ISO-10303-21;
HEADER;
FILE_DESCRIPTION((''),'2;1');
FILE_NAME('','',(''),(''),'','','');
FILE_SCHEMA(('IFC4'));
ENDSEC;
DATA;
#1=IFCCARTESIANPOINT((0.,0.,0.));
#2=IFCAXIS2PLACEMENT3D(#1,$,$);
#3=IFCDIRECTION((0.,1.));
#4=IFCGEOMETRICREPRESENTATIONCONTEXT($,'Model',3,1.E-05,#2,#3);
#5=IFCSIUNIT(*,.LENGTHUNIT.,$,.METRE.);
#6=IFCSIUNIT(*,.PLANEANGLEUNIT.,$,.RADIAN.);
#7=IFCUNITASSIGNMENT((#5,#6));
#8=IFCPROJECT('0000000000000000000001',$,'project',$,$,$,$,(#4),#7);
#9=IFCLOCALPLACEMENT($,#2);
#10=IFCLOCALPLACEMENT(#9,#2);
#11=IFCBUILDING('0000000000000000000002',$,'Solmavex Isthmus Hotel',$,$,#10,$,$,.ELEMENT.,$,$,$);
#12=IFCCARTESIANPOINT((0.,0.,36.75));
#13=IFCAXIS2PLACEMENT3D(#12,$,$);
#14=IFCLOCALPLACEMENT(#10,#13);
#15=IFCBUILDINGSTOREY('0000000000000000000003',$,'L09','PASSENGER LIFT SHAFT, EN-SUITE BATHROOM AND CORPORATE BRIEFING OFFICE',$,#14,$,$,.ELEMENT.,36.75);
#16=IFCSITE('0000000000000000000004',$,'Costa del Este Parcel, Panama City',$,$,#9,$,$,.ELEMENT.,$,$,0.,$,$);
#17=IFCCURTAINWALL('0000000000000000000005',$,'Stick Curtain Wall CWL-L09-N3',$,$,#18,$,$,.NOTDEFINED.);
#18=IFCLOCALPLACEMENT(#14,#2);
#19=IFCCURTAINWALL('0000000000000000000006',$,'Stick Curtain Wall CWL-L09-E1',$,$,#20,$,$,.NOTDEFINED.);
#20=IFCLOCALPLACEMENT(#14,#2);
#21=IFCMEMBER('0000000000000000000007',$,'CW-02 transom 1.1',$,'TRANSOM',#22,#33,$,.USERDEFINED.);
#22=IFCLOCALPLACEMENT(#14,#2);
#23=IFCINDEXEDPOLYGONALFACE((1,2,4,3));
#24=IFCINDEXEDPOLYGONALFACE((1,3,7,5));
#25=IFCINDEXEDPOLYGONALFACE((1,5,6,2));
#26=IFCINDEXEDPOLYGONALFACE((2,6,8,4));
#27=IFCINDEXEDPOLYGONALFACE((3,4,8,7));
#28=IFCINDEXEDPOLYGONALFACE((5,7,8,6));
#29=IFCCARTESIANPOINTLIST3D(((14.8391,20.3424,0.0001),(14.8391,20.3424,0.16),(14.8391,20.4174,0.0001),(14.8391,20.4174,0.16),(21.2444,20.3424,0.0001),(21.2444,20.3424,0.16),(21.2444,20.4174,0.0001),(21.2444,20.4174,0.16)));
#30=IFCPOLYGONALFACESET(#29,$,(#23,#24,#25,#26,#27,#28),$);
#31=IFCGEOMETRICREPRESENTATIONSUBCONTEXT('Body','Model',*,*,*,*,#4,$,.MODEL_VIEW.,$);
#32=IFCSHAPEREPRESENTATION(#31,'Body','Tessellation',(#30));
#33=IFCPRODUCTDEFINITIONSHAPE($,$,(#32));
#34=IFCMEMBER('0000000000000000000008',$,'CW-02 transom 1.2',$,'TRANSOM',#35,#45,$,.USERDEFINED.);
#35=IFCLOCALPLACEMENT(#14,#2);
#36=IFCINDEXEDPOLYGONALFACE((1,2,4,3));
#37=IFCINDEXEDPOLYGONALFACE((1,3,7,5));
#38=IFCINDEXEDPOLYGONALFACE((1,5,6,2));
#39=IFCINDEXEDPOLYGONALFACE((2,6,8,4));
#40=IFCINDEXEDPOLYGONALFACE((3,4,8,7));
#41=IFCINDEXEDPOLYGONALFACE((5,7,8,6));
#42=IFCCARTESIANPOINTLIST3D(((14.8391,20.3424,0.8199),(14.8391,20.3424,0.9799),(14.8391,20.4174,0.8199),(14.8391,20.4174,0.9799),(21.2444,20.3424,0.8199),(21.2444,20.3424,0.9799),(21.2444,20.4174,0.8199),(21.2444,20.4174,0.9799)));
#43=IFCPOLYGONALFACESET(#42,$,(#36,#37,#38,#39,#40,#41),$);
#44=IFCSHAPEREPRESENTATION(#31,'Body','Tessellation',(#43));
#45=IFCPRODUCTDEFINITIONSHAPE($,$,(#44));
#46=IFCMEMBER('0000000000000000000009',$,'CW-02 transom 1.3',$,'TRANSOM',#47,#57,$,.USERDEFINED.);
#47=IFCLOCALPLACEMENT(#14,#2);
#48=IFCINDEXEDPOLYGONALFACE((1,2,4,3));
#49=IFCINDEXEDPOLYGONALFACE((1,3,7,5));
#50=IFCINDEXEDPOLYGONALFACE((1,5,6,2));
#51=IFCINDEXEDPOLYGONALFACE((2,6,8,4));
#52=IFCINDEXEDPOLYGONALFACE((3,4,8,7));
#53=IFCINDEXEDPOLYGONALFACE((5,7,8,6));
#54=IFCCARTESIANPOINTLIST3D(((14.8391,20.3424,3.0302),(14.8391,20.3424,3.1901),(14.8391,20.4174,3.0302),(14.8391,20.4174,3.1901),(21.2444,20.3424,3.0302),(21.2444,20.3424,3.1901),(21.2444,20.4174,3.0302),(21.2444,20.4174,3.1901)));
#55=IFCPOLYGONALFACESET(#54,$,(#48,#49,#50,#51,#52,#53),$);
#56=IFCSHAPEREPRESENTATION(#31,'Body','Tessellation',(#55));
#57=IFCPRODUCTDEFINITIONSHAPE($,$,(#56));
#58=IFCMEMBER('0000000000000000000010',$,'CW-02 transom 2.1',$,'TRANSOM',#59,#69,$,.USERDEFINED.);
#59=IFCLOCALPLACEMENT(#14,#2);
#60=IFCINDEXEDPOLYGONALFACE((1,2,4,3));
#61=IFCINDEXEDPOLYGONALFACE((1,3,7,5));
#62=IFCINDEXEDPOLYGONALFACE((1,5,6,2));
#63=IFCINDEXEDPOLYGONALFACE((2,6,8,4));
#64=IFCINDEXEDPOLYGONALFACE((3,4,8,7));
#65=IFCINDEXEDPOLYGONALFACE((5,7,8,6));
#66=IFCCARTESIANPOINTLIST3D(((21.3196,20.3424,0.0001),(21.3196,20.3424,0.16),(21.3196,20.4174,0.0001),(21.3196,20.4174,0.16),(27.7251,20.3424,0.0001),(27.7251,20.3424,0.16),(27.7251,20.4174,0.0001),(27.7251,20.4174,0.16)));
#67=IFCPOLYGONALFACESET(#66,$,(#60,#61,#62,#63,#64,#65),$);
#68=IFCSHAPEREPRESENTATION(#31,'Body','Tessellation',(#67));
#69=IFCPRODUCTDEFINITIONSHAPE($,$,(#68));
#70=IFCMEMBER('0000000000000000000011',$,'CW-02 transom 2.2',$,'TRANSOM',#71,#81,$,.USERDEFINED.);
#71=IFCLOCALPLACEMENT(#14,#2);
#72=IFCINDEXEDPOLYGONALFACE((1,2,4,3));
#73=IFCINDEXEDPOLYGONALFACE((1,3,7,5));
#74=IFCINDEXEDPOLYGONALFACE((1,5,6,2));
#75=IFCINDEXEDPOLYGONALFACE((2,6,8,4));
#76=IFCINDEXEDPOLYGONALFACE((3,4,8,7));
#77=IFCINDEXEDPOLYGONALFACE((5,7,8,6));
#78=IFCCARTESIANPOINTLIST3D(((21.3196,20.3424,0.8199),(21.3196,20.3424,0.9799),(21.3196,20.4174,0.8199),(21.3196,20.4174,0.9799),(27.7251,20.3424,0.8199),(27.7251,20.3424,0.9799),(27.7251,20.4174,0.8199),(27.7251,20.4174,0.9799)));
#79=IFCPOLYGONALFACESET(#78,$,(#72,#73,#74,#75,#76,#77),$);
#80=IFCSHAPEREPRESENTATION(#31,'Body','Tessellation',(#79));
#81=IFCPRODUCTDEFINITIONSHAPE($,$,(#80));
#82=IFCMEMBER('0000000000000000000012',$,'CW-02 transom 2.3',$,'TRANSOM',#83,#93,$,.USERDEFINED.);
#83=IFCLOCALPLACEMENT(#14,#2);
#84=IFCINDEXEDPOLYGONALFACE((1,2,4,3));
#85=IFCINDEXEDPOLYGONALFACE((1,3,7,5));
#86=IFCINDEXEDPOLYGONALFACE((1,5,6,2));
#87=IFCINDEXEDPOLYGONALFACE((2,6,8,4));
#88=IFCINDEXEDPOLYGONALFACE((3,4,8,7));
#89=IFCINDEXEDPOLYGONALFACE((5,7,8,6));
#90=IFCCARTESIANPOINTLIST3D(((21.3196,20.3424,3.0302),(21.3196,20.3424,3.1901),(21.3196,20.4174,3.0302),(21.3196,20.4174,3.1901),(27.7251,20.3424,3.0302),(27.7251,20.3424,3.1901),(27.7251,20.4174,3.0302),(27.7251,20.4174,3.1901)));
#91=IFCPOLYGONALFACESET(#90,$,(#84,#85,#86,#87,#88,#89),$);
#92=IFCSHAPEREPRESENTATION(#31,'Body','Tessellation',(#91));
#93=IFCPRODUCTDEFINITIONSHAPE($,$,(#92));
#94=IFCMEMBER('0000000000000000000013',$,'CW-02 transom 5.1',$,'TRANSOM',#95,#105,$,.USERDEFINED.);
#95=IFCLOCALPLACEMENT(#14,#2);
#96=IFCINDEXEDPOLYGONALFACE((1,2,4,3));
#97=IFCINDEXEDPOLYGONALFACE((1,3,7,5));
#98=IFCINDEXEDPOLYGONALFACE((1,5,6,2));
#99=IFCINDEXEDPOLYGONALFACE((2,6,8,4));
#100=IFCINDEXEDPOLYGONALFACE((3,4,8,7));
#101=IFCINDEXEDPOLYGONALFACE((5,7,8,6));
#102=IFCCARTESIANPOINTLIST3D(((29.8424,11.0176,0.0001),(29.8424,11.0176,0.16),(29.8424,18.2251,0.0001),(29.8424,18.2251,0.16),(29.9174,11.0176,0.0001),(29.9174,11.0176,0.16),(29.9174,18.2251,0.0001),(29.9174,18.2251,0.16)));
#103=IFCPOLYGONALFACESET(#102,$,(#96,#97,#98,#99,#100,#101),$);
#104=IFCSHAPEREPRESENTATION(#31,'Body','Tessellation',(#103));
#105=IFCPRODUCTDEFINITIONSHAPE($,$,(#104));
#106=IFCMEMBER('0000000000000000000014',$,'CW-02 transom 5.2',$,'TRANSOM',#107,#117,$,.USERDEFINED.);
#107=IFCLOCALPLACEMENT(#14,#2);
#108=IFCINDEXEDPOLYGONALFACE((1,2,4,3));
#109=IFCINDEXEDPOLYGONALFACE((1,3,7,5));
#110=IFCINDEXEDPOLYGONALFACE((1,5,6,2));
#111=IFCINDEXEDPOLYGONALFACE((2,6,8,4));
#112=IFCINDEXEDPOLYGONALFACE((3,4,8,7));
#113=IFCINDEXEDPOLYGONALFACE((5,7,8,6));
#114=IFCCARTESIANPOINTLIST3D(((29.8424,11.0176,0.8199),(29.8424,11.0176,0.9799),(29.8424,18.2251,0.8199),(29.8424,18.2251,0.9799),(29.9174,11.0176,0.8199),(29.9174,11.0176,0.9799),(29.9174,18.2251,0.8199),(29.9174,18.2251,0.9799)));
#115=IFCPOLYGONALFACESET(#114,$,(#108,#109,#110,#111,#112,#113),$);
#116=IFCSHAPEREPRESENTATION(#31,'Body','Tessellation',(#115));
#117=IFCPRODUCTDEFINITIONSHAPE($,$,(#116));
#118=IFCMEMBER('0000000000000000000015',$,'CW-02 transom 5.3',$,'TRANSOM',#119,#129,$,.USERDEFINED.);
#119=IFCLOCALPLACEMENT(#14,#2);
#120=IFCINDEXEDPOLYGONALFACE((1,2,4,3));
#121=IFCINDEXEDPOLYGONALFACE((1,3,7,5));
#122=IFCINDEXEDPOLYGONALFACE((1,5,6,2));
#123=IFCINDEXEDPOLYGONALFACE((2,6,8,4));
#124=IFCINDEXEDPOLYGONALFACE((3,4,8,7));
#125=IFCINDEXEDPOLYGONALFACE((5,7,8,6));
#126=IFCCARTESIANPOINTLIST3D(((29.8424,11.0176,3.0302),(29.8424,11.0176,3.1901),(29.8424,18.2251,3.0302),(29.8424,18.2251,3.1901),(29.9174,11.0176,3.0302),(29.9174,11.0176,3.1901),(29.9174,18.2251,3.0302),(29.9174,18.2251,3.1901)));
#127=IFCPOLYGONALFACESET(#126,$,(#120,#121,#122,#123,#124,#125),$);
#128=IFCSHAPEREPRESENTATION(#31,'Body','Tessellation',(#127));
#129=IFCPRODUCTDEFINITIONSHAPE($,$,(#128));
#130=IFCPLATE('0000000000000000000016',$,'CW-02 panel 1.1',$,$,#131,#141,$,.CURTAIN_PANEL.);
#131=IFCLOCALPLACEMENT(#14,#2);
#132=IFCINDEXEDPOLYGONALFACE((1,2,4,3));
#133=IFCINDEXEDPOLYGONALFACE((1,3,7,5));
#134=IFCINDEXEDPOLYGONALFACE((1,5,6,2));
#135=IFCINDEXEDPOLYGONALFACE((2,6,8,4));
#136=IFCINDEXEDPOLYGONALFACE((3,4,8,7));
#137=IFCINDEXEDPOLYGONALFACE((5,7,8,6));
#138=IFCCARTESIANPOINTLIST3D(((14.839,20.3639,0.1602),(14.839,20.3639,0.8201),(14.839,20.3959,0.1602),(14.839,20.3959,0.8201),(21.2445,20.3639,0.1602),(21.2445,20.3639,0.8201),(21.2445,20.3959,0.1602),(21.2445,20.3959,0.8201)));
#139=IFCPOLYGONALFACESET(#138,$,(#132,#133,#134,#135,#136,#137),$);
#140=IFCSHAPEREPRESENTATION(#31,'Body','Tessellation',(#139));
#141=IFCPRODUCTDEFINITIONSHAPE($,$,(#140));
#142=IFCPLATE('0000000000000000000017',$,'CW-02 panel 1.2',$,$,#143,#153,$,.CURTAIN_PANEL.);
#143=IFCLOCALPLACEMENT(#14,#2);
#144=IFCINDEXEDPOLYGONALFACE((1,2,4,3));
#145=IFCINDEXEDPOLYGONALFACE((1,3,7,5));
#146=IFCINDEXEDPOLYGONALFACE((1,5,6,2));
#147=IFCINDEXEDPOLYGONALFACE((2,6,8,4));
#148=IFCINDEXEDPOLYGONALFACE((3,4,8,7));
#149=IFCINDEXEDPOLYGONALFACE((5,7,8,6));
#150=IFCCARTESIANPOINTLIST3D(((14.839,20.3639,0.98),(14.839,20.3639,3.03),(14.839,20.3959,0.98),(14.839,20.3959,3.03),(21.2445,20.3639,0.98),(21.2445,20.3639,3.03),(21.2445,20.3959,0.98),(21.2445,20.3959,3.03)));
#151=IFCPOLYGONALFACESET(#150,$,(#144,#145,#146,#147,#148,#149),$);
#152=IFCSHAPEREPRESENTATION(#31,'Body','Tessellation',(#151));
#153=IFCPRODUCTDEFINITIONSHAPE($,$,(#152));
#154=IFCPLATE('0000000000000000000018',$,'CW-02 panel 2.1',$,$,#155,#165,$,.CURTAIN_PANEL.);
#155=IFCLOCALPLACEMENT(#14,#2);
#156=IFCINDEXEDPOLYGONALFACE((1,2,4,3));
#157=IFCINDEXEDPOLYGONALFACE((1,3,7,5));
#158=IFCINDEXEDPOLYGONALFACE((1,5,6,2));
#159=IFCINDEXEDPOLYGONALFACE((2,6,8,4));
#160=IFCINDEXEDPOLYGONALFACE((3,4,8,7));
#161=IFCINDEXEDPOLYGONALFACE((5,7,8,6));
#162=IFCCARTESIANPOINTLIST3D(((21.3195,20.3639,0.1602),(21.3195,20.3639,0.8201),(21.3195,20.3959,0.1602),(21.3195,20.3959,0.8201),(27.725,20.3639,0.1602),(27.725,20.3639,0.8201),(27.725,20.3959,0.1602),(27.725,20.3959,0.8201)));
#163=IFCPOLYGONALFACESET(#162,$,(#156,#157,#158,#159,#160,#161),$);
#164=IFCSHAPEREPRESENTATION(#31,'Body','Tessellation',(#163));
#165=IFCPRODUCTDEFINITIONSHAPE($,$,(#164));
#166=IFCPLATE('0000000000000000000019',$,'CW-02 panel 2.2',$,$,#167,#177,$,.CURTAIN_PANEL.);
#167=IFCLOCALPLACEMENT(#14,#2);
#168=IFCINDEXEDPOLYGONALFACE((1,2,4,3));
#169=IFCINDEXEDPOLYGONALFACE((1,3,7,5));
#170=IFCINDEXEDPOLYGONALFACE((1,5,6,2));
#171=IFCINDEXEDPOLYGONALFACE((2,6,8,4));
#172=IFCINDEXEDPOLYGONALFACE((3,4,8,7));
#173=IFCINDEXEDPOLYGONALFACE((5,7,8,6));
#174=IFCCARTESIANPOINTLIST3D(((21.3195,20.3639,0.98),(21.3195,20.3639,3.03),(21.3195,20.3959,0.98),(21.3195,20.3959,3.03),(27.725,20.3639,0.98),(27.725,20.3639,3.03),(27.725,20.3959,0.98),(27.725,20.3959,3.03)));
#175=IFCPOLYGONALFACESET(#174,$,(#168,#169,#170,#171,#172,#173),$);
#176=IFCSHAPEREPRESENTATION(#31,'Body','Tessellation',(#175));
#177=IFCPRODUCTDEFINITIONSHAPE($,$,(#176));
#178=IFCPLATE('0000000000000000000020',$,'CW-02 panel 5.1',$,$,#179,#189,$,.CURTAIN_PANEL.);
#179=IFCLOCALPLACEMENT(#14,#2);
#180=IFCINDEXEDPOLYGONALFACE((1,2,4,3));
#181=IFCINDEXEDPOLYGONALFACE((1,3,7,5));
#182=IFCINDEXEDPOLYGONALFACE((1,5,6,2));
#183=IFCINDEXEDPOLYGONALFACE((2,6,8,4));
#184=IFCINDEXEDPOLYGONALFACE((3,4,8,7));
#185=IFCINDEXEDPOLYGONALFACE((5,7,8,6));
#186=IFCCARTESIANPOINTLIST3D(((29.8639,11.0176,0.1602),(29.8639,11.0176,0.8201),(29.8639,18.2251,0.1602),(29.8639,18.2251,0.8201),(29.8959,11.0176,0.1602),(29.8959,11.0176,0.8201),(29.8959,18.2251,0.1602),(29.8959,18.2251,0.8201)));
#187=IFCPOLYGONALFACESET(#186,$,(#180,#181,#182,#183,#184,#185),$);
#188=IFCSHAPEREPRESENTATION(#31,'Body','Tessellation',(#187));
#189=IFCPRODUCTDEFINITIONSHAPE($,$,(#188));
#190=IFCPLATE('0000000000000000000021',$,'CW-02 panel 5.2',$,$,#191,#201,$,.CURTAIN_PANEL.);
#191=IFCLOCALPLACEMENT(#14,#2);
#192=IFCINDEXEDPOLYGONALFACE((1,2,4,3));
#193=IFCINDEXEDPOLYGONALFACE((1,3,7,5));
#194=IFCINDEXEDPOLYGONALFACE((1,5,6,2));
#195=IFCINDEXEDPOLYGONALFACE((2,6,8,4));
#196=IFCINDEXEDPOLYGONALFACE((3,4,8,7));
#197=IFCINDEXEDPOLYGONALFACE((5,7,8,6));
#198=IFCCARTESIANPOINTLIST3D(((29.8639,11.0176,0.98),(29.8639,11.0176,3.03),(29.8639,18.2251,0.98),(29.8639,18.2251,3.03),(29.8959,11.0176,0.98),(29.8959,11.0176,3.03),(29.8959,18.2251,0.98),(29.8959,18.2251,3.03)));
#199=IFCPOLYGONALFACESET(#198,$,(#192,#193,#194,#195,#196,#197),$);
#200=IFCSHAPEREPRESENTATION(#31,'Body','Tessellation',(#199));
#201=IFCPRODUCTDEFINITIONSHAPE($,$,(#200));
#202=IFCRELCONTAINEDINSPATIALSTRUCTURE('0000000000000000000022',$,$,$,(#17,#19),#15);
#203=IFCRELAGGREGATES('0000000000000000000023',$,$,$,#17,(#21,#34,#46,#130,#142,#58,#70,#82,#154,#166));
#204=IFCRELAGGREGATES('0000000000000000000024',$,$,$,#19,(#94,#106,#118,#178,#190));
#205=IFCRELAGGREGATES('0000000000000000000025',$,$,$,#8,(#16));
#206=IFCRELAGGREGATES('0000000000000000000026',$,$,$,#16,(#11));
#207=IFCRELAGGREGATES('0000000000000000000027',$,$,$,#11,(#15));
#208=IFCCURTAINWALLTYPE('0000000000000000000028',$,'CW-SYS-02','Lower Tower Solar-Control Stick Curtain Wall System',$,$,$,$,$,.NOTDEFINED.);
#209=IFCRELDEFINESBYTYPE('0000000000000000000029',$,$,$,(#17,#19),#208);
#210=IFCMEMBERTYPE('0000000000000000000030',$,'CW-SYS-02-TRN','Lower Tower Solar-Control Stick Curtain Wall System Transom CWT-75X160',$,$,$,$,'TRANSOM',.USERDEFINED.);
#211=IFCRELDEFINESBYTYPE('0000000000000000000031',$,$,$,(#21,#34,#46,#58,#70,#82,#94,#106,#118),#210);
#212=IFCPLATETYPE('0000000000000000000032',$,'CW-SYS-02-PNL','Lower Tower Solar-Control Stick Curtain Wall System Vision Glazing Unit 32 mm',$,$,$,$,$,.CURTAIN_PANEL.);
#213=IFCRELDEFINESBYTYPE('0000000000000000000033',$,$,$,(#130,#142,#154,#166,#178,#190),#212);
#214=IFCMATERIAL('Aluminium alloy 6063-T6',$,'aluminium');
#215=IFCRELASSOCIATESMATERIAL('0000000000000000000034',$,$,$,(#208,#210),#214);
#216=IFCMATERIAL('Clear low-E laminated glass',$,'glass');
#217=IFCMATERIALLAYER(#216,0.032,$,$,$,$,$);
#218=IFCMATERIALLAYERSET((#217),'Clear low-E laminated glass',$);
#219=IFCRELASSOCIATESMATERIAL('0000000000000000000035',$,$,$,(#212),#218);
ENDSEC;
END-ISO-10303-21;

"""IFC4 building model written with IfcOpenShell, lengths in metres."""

from ifc_helpers import new_model, si_unit, direction, frame, origin, origin_2d, place, context, subcontext, project, spatial, rectangle, extrude, material, layer, layer_set, material_profile, profile_set, type_object, element, aggregate, save


model = new_model("IFC4")

# Units and contexts
model_context = context("Model", 3, precision=1e-05, world=origin(), true_north=direction((0.0, 1.0)))
body_context = subcontext(model_context, "Body", "Model", "MODEL_VIEW")
ifc_project = project(units=[si_unit("LENGTHUNIT", "METRE"), si_unit("PLANEANGLEUNIT", "RADIAN")], contexts=[model_context])

# Site, building, storey
site_placement = place(None, origin())
site = spatial("IfcSite", under=ifc_project, at=site_placement, Name="Costa del Este Parcel, Panama City", CompositionType="ELEMENT", RefElevation=0.0)
building_placement = place(site_placement, origin())
building = spatial("IfcBuilding", under=site, at=building_placement, Name="Solmavex Isthmus Hotel", CompositionType="ELEMENT")
storey_placement = place(building_placement, frame((0.0, 0.0, 36.75)))
storey = spatial("IfcBuildingStorey", under=building, at=storey_placement, Name="L09", Description="PASSENGER LIFT SHAFT, EN-SUITE BATHROOM AND CORPORATE BRIEFING OFFICE", CompositionType="ELEMENT", Elevation=36.75)

# Curtain wall
ifc_material_1 = material(Name="Aluminium alloy 6063-T6", Category="aluminium")
curtain_wall_type = type_object("IfcCurtainWallType", Name="CW-SYS-02", Description="Lower Tower Solar-Control Stick Curtain Wall System", PredefinedType="NOTDEFINED", material=ifc_material_1)
curtain_wall_1_placement = place(storey_placement, origin())
curtain_wall_1 = element("IfcCurtainWall", 1, at=curtain_wall_1_placement, inside=storey, type_object=curtain_wall_type, Name="Stick Curtain Wall CWL-L09-N3", PredefinedType="NOTDEFINED")

# Curtain wall
curtain_wall_2_placement = place(storey_placement, origin())
curtain_wall_2 = element("IfcCurtainWall", 2, at=curtain_wall_2_placement, inside=storey, type_object=curtain_wall_type, Name="Stick Curtain Wall CWL-L09-E1", PredefinedType="NOTDEFINED")

# Members
ifc_material_profile_1 = material_profile(ifc_material_1, rectangle(XDim=0.075, YDim=0.1599, at=origin_2d()), Name="CWT-75X160")
ifc_profile_set_1 = profile_set([ifc_material_profile_1], Name="Aluminium alloy 6063-T6")
member_type_1 = type_object("IfcMemberType", Name="CW-SYS-02-TRN", Description="Lower Tower Solar-Control Stick Curtain Wall System Transom CWT-75X160", ElementType="TRANSOM", PredefinedType="USERDEFINED", material=ifc_profile_set_1)
member_1_placement = place(storey_placement, frame((14.8391, 20.3799, 0.0801), z_axis=(1.0, 0.0, 0.0), x_axis=(0.0, 1.0, 0.0)))
member_1 = element("IfcMember", 3, at=member_1_placement, type_object=member_type_1, Name="CW-02 transom 1.1", ObjectType="TRANSOM", PredefinedType="USERDEFINED", context=body_context, shape_type="SweptSolid", body=[
    extrude(rectangle(XDim=0.075, YDim=0.1599, at=origin_2d()), origin(), (0.0, 0.0, 1.0), 6.4053),
])
member_2_placement = place(storey_placement, frame((14.8391, 20.3799, 0.8999), z_axis=(1.0, 0.0, 0.0), x_axis=(0.0, 1.0, 0.0)))
member_2 = element("IfcMember", 4, at=member_2_placement, type_object=member_type_1, Name="CW-02 transom 1.2", ObjectType="TRANSOM", PredefinedType="USERDEFINED", context=body_context, shape_type="SweptSolid", body=[
    extrude(rectangle(XDim=0.075, YDim=0.1599, at=origin_2d()), origin(), (0.0, 0.0, 1.0), 6.4053),
])
member_3_placement = place(storey_placement, frame((14.8391, 20.3799, 3.1101), z_axis=(1.0, 0.0, 0.0), x_axis=(0.0, 1.0, 0.0)))
member_3 = element("IfcMember", 5, at=member_3_placement, type_object=member_type_1, Name="CW-02 transom 1.3", ObjectType="TRANSOM", PredefinedType="USERDEFINED", context=body_context, shape_type="SweptSolid", body=[
    extrude(rectangle(XDim=0.075, YDim=0.1599, at=origin_2d()), origin(), (0.0, 0.0, 1.0), 6.4053),
])
member_4_placement = place(storey_placement, frame((21.3196, 20.3799, 0.0801), z_axis=(1.0, 0.0, 0.0), x_axis=(0.0, 1.0, 0.0)))
member_4 = element("IfcMember", 6, at=member_4_placement, type_object=member_type_1, Name="CW-02 transom 2.1", ObjectType="TRANSOM", PredefinedType="USERDEFINED", context=body_context, shape_type="SweptSolid", body=[
    extrude(rectangle(XDim=0.075, YDim=0.1599, at=origin_2d()), origin(), (0.0, 0.0, 1.0), 6.4055),
])
member_5_placement = place(storey_placement, frame((21.3196, 20.3799, 0.8999), z_axis=(1.0, 0.0, 0.0), x_axis=(0.0, 1.0, 0.0)))
member_5 = element("IfcMember", 7, at=member_5_placement, type_object=member_type_1, Name="CW-02 transom 2.2", ObjectType="TRANSOM", PredefinedType="USERDEFINED", context=body_context, shape_type="SweptSolid", body=[
    extrude(rectangle(XDim=0.075, YDim=0.1599, at=origin_2d()), origin(), (0.0, 0.0, 1.0), 6.4055),
])
member_6_placement = place(storey_placement, frame((21.3196, 20.3799, 3.1101), z_axis=(1.0, 0.0, 0.0), x_axis=(0.0, 1.0, 0.0)))
member_6 = element("IfcMember", 8, at=member_6_placement, type_object=member_type_1, Name="CW-02 transom 2.3", ObjectType="TRANSOM", PredefinedType="USERDEFINED", context=body_context, shape_type="SweptSolid", body=[
    extrude(rectangle(XDim=0.075, YDim=0.1599, at=origin_2d()), origin(), (0.0, 0.0, 1.0), 6.4055),
])
member_7_placement = place(storey_placement, frame((29.8799, 11.0176, 0.0801), z_axis=(0.0, 1.0, 0.0), x_axis=(-1.0, 0.0, 0.0)))
member_7 = element("IfcMember", 9, at=member_7_placement, type_object=member_type_1, Name="CW-02 transom 5.1", ObjectType="TRANSOM", PredefinedType="USERDEFINED", context=body_context, shape_type="SweptSolid", body=[
    extrude(rectangle(XDim=0.075, YDim=0.1599, at=origin_2d()), origin(), (0.0, 0.0, 1.0), 7.2075),
])
member_8_placement = place(storey_placement, frame((29.8799, 11.0176, 0.8999), z_axis=(0.0, 1.0, 0.0), x_axis=(-1.0, 0.0, 0.0)))
member_8 = element("IfcMember", 10, at=member_8_placement, type_object=member_type_1, Name="CW-02 transom 5.2", ObjectType="TRANSOM", PredefinedType="USERDEFINED", context=body_context, shape_type="SweptSolid", body=[
    extrude(rectangle(XDim=0.075, YDim=0.1599, at=origin_2d()), origin(), (0.0, 0.0, 1.0), 7.2075),
])
member_9_placement = place(storey_placement, frame((29.8799, 11.0176, 3.1101), z_axis=(0.0, 1.0, 0.0), x_axis=(-1.0, 0.0, 0.0)))
member_9 = element("IfcMember", 11, at=member_9_placement, type_object=member_type_1, Name="CW-02 transom 5.3", ObjectType="TRANSOM", PredefinedType="USERDEFINED", context=body_context, shape_type="SweptSolid", body=[
    extrude(rectangle(XDim=0.075, YDim=0.1599, at=origin_2d()), origin(), (0.0, 0.0, 1.0), 7.2075),
])

# Plates
ifc_material_2 = material(Name="Clear low-E laminated glass", Category="glass")
ifc_layer_1 = layer(ifc_material_2, 0.032)
ifc_layer_set_1 = layer_set([ifc_layer_1], Name="Clear low-E laminated glass")
plate_type = type_object("IfcPlateType", Name="CW-SYS-02-PNL", Description="Lower Tower Solar-Control Stick Curtain Wall System Vision Glazing Unit 32 mm", PredefinedType="CURTAIN_PANEL", material=ifc_layer_set_1)
plate_1_placement = place(storey_placement, frame((18.0417, 20.3799, 0.1602), z_axis=(0.0, 0.0, 1.0), x_axis=(1.0, 0.0, 0.0)))
plate_1 = element("IfcPlate", 12, at=plate_1_placement, type_object=plate_type, Name="CW-02 panel 1.1", PredefinedType="CURTAIN_PANEL", context=body_context, shape_type="SweptSolid", body=[
    extrude(rectangle(XDim=6.4055, YDim=0.032, at=origin_2d()), origin(), (0.0, 0.0, 1.0), 0.6599),
])
plate_2_placement = place(storey_placement, frame((18.0417, 20.3799, 0.98), z_axis=(0.0, 0.0, 1.0), x_axis=(1.0, 0.0, 0.0)))
plate_2 = element("IfcPlate", 13, at=plate_2_placement, type_object=plate_type, Name="CW-02 panel 1.2", PredefinedType="CURTAIN_PANEL", context=body_context, shape_type="SweptSolid", body=[
    extrude(rectangle(XDim=6.4055, YDim=0.032, at=origin_2d()), origin(), (0.0, 0.0, 1.0), 2.05),
])
plate_3_placement = place(storey_placement, frame((24.5222, 20.3799, 0.1602), z_axis=(0.0, 0.0, 1.0), x_axis=(1.0, 0.0, 0.0)))
plate_3 = element("IfcPlate", 14, at=plate_3_placement, type_object=plate_type, Name="CW-02 panel 2.1", PredefinedType="CURTAIN_PANEL", context=body_context, shape_type="SweptSolid", body=[
    extrude(rectangle(XDim=6.4055, YDim=0.032, at=origin_2d()), origin(), (0.0, 0.0, 1.0), 0.6599),
])
plate_4_placement = place(storey_placement, frame((24.5222, 20.3799, 0.98), z_axis=(0.0, 0.0, 1.0), x_axis=(1.0, 0.0, 0.0)))
plate_4 = element("IfcPlate", 15, at=plate_4_placement, type_object=plate_type, Name="CW-02 panel 2.2", PredefinedType="CURTAIN_PANEL", context=body_context, shape_type="SweptSolid", body=[
    extrude(rectangle(XDim=6.4055, YDim=0.032, at=origin_2d()), origin(), (0.0, 0.0, 1.0), 2.05),
])
aggregate(curtain_wall_1, [member_1, member_2, member_3, plate_1, plate_2, member_4, member_5, member_6, plate_3, plate_4])
plate_5_placement = place(storey_placement, frame((29.8799, 14.6213, 0.1602), z_axis=(0.0, 0.0, 1.0), x_axis=(0.0, 1.0, 0.0)))
plate_5 = element("IfcPlate", 16, at=plate_5_placement, type_object=plate_type, Name="CW-02 panel 5.1", PredefinedType="CURTAIN_PANEL", context=body_context, shape_type="SweptSolid", body=[
    extrude(rectangle(XDim=7.2075, YDim=0.032, at=origin_2d()), origin(), (0.0, 0.0, 1.0), 0.6599),
])
plate_6_placement = place(storey_placement, frame((29.8799, 14.6213, 0.98), z_axis=(0.0, 0.0, 1.0), x_axis=(0.0, 1.0, 0.0)))
plate_6 = element("IfcPlate", 17, at=plate_6_placement, type_object=plate_type, Name="CW-02 panel 5.2", PredefinedType="CURTAIN_PANEL", context=body_context, shape_type="SweptSolid", body=[
    extrude(rectangle(XDim=7.2075, YDim=0.032, at=origin_2d()), origin(), (0.0, 0.0, 1.0), 2.05),
])
aggregate(curtain_wall_2, [member_7, member_8, member_9, plate_5, plate_6])

save(model, "model.ifc")
